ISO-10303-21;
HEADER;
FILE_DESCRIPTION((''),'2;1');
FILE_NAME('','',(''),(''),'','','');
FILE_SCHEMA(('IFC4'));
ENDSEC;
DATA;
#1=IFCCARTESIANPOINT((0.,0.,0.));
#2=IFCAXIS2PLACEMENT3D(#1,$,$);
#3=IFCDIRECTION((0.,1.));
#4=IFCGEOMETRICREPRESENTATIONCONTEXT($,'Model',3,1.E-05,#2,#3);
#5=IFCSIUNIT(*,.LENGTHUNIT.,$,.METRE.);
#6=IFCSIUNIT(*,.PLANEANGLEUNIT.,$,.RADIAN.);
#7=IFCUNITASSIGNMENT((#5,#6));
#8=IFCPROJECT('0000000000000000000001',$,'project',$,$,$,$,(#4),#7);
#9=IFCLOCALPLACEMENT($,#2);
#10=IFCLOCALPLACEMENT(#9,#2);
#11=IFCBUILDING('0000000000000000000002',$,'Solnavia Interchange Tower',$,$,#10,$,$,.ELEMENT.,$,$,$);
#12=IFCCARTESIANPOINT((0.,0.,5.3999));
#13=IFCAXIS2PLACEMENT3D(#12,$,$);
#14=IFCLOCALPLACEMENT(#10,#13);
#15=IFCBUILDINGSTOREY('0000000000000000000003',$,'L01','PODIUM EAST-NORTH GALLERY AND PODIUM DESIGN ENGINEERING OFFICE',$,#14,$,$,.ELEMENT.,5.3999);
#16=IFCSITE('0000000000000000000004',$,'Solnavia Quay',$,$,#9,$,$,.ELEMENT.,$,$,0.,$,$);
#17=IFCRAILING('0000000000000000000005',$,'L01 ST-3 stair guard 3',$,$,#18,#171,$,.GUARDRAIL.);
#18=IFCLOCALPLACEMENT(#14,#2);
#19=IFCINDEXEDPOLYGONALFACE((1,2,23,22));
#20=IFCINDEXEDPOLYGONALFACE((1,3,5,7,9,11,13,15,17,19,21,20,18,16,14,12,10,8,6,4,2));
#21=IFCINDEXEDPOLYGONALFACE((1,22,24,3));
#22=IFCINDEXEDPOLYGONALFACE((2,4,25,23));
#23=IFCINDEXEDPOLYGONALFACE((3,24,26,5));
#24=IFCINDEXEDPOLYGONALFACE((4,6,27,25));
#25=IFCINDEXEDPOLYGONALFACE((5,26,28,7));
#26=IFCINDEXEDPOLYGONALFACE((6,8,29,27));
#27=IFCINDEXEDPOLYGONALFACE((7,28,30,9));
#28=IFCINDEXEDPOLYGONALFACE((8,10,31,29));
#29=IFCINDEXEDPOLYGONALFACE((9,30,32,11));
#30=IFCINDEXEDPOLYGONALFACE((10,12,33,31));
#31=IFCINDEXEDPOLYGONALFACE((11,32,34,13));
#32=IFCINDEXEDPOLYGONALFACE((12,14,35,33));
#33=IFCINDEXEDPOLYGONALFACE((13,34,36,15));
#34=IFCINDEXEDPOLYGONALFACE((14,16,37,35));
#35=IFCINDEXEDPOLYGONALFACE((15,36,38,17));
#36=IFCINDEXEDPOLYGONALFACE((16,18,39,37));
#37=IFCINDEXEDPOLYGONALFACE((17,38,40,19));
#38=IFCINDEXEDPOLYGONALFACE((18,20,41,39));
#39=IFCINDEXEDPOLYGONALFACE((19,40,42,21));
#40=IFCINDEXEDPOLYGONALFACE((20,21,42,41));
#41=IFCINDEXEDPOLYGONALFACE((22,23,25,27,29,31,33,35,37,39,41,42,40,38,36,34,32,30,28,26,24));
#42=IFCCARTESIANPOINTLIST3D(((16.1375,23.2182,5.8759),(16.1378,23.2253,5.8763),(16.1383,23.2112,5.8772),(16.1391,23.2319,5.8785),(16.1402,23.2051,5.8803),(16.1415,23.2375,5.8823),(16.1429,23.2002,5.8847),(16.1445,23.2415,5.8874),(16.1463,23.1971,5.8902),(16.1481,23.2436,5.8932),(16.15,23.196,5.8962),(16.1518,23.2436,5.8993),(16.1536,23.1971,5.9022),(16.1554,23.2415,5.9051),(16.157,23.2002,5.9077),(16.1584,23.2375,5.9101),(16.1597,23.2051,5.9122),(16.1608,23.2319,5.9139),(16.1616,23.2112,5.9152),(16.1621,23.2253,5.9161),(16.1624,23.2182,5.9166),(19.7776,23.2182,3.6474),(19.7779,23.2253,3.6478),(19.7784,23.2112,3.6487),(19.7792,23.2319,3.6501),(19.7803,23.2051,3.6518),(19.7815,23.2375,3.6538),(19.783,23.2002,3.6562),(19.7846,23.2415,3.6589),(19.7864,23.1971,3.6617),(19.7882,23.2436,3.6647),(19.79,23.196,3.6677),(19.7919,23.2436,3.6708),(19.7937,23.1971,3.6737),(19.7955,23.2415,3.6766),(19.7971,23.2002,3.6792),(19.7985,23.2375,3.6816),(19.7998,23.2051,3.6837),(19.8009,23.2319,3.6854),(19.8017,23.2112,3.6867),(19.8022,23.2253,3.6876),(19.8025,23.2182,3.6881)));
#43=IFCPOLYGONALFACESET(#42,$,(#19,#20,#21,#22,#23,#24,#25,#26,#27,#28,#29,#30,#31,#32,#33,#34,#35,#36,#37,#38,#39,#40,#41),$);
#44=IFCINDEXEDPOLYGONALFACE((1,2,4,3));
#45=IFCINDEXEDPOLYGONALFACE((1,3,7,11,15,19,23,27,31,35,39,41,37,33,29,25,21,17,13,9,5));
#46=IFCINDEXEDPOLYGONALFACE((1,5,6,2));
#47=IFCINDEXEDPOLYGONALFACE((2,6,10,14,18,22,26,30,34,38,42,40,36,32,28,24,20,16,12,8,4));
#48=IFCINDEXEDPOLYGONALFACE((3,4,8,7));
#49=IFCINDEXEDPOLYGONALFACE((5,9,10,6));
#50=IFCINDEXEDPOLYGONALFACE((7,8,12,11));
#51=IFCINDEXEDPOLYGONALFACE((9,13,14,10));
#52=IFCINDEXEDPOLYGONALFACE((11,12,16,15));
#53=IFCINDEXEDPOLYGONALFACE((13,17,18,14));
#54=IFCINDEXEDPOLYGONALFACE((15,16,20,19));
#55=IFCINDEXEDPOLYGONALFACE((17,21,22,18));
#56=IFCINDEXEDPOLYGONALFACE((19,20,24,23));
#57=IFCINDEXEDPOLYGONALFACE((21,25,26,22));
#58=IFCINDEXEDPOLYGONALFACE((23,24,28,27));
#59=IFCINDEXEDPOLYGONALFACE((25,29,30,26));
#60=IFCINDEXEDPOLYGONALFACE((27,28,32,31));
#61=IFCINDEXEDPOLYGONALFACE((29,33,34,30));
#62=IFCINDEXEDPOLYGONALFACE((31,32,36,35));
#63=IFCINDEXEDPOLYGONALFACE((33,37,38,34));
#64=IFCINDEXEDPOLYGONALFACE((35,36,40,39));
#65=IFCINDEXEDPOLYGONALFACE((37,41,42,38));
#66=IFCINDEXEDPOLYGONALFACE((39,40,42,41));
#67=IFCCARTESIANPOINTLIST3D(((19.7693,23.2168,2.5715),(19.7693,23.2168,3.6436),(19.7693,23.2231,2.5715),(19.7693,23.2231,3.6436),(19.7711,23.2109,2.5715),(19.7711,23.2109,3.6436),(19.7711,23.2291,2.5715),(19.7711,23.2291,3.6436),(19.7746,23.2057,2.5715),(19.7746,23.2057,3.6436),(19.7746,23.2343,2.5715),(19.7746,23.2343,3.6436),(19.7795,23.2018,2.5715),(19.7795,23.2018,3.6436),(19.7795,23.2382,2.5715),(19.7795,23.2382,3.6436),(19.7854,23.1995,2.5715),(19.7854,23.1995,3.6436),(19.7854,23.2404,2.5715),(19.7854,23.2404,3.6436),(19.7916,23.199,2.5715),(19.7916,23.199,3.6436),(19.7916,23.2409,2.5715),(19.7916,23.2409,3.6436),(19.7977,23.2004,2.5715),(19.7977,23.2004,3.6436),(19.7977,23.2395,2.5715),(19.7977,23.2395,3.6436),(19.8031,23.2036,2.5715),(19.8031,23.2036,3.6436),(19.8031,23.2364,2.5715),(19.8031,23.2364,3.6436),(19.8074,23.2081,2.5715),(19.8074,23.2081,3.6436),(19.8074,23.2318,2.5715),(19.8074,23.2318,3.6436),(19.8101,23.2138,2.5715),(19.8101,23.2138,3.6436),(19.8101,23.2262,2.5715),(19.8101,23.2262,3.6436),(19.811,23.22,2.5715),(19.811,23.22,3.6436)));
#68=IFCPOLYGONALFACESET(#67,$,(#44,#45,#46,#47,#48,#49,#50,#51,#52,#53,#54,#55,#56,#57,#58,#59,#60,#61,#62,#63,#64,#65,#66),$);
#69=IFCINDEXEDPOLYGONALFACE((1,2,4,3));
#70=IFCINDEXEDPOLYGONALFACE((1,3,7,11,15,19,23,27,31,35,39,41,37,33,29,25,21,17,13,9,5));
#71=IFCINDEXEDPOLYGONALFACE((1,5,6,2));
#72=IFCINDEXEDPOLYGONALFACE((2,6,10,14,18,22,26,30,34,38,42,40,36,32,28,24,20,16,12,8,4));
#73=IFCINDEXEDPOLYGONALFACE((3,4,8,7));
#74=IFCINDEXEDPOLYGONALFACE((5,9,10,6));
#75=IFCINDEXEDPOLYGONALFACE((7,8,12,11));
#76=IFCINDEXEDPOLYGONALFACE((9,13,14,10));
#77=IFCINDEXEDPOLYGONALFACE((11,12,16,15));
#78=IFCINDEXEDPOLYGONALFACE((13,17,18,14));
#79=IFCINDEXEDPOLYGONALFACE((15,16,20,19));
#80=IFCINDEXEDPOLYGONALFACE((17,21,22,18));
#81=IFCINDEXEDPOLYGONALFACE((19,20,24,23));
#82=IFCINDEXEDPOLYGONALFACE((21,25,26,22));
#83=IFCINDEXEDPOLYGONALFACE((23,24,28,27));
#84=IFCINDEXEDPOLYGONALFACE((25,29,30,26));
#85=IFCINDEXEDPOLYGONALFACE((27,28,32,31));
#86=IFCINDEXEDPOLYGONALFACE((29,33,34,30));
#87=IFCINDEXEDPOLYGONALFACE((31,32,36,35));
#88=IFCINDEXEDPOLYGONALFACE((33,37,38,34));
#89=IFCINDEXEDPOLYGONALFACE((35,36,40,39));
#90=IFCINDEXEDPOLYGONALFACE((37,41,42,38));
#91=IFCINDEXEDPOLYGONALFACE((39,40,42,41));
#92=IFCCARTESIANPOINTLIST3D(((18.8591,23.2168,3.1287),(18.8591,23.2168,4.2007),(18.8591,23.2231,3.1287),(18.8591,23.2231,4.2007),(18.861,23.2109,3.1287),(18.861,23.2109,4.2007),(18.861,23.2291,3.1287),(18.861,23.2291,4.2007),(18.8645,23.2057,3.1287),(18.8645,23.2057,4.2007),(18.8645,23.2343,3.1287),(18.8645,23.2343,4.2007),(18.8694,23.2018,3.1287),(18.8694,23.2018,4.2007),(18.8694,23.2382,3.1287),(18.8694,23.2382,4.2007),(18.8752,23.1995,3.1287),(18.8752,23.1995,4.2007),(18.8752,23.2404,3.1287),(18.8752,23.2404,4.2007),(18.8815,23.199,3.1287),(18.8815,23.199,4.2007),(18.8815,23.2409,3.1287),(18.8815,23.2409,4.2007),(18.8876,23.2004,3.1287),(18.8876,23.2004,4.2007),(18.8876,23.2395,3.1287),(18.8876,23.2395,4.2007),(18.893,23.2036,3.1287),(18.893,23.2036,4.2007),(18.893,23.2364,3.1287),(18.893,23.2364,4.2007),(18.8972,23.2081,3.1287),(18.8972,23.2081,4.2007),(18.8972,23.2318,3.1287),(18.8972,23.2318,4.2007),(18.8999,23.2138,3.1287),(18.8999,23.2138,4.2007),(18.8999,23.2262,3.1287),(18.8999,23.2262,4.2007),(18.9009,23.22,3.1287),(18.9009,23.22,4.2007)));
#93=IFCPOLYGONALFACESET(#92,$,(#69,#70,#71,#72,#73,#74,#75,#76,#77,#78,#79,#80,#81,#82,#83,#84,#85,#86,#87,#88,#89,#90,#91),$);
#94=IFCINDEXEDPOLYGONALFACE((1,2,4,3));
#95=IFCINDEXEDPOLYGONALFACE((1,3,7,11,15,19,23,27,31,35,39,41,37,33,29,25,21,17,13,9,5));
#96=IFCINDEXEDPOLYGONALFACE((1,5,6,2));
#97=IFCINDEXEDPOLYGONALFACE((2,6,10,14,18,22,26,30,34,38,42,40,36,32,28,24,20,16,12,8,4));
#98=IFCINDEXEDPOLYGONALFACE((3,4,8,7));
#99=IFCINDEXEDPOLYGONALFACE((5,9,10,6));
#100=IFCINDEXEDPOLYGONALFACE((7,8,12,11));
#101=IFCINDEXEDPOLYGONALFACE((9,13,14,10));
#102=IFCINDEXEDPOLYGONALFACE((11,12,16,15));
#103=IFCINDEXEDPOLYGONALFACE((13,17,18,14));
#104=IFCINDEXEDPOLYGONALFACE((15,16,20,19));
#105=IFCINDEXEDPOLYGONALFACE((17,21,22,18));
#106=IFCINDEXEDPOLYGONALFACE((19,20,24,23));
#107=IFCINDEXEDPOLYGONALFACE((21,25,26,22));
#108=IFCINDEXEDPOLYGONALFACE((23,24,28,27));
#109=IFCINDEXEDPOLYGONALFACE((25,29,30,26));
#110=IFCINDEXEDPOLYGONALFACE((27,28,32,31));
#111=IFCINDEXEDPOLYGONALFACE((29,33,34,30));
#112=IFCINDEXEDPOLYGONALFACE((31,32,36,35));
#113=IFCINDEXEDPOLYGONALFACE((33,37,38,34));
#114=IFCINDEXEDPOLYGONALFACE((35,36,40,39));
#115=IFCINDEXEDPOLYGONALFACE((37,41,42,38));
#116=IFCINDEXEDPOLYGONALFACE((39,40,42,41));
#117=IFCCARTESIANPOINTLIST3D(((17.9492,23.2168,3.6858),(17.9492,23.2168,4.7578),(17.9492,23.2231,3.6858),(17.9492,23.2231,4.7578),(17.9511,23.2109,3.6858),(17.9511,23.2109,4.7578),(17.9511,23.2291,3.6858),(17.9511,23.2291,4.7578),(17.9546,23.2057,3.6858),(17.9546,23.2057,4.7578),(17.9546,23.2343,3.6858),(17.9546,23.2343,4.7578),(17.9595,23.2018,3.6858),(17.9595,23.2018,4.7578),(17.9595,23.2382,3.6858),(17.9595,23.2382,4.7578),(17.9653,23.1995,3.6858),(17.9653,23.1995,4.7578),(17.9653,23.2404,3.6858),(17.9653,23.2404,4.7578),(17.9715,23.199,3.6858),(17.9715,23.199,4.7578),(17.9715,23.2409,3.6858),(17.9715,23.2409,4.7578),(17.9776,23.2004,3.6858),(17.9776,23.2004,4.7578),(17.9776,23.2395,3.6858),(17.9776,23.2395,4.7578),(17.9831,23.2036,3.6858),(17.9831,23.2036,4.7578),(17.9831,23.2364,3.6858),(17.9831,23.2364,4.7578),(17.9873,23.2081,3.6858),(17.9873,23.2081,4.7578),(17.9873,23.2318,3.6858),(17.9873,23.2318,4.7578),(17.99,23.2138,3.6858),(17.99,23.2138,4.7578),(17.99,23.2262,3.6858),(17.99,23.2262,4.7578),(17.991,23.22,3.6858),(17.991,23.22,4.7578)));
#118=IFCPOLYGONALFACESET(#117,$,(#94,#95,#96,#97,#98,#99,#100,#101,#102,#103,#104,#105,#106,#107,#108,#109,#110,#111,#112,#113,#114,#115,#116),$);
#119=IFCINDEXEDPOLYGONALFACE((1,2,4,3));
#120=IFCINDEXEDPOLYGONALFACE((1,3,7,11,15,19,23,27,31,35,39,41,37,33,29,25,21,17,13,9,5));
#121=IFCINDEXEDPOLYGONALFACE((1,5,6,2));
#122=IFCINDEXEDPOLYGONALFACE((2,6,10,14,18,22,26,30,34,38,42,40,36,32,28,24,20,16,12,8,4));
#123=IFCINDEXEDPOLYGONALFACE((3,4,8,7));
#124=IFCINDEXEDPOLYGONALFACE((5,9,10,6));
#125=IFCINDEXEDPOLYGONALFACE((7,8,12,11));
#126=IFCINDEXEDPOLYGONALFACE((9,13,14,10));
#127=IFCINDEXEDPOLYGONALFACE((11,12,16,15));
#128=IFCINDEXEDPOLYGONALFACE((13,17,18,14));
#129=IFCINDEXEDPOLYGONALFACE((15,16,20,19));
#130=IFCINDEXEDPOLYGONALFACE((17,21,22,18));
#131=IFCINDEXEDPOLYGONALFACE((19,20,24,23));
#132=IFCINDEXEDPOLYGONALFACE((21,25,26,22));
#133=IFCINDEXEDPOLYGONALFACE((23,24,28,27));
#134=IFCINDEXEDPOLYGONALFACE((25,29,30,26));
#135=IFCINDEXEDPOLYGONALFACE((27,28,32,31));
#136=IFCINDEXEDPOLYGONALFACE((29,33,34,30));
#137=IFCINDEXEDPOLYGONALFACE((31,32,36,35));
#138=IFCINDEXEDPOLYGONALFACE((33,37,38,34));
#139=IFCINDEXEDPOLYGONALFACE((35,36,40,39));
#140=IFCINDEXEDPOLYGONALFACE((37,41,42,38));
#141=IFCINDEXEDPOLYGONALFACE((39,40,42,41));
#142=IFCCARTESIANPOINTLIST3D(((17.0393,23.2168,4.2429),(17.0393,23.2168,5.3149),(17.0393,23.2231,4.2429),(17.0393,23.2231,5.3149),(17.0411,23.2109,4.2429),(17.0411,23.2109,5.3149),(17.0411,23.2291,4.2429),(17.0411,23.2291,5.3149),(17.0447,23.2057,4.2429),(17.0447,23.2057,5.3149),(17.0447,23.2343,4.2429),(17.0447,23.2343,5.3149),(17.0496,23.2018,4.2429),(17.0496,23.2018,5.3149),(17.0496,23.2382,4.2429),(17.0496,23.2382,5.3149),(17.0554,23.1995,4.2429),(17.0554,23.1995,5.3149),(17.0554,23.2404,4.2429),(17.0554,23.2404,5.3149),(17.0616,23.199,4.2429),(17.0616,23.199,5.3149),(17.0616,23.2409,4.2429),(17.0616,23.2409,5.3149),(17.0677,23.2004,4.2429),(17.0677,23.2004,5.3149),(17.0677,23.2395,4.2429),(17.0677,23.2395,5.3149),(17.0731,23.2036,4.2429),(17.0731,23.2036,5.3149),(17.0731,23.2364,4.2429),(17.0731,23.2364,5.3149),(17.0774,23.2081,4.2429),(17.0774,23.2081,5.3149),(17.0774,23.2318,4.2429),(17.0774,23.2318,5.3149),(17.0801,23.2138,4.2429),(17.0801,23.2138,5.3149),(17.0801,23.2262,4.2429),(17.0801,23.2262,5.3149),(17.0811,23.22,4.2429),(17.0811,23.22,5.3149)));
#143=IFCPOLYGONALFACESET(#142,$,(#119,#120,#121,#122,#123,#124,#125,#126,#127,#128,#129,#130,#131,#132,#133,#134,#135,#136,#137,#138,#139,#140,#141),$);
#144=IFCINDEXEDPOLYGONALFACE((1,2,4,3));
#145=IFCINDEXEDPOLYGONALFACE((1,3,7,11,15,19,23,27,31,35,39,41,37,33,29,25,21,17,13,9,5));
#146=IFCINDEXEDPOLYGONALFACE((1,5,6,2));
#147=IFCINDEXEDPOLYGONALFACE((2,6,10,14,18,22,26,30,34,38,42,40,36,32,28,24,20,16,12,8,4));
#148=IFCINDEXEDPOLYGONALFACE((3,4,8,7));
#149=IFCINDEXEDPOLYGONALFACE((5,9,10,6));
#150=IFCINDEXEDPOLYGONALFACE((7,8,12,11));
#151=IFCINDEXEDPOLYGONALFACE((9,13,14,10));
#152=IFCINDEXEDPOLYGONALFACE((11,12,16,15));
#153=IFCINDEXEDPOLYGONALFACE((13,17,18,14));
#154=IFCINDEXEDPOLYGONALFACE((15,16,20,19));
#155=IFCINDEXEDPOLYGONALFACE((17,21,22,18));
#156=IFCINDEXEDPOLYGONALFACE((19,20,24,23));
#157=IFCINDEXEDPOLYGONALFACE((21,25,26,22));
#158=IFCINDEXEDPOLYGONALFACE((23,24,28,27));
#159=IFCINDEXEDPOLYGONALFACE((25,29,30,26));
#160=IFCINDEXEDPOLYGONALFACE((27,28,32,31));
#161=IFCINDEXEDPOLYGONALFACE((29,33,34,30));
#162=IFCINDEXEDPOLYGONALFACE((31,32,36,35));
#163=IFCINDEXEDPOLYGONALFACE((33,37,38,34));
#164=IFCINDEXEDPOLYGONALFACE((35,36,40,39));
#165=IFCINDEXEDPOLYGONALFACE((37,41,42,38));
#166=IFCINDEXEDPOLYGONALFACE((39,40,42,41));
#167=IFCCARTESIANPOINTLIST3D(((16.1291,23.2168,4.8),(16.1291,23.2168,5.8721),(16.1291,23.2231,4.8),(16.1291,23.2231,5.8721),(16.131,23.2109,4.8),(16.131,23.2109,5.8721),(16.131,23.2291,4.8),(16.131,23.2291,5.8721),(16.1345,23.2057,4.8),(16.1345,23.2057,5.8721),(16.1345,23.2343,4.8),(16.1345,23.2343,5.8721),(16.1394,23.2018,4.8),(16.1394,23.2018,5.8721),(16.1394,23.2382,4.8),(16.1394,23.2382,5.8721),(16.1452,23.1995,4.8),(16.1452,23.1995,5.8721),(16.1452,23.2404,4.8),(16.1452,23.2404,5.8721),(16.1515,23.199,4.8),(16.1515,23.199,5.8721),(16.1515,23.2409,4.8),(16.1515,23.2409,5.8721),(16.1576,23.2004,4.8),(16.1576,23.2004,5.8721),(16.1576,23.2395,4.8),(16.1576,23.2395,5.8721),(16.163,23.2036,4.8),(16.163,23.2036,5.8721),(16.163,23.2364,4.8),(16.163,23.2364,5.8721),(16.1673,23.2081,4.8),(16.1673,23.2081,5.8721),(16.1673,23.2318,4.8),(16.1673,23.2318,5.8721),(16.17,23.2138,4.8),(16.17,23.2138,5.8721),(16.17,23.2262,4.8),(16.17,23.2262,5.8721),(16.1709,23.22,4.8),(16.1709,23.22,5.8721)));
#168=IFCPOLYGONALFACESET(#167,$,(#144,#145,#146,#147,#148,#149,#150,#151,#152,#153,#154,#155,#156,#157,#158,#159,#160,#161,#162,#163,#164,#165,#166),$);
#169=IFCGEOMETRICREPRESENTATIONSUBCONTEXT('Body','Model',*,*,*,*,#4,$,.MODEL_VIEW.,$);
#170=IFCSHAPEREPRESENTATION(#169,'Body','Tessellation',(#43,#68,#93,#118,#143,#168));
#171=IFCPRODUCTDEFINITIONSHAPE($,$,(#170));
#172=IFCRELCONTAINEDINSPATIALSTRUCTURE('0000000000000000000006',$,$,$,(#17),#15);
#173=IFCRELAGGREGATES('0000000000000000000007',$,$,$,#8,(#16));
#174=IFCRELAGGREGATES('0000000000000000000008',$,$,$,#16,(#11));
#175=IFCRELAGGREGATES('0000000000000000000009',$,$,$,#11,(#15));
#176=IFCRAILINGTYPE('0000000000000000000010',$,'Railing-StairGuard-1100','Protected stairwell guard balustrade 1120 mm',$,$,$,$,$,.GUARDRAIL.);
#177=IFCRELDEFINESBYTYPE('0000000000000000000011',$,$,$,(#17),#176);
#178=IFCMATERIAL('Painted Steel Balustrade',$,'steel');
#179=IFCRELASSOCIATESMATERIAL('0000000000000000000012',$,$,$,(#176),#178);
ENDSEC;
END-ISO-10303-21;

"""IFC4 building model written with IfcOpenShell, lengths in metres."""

from ifc_helpers import new_model, si_unit, direction, frame, origin, origin_2d, place, context, subcontext, project, spatial, circle, extrude, material, type_object, element, save


model = new_model("IFC4")

# Units and contexts
model_context = context("Model", 3, precision=1e-05, world=origin(), true_north=direction((0.0, 1.0)))
body_context = subcontext(model_context, "Body", "Model", "MODEL_VIEW")
ifc_project = project(units=[si_unit("LENGTHUNIT", "METRE"), si_unit("PLANEANGLEUNIT", "RADIAN")], contexts=[model_context])

# Site, building, storey
site_placement = place(None, origin())
site = spatial("IfcSite", under=ifc_project, at=site_placement, Name="Solnavia Quay", CompositionType="ELEMENT", RefElevation=0.0)
building_placement = place(site_placement, origin())
building = spatial("IfcBuilding", under=site, at=building_placement, Name="Solnavia Interchange Tower", CompositionType="ELEMENT")
storey_placement = place(building_placement, frame((0.0, 0.0, 5.3999)))
storey = spatial("IfcBuildingStorey", under=building, at=storey_placement, Name="L01", Description="PODIUM EAST-NORTH GALLERY AND PODIUM DESIGN ENGINEERING OFFICE", CompositionType="ELEMENT", Elevation=5.3999)

# Railing
ifc_material_1 = material(Name="Painted Steel Balustrade", Category="steel")
railing_type_1 = type_object("IfcRailingType", Name="Railing-StairGuard-1100", Description="Protected stairwell guard balustrade 1120 mm", PredefinedType="GUARDRAIL", material=ifc_material_1)
railing_1_placement = place(storey_placement, frame((19.79, 23.22, 2.5715)))
element("IfcRailing", 1, at=railing_1_placement, inside=storey, type_object=railing_type_1, Name="L01 ST-3 stair guard 3", PredefinedType="GUARDRAIL", context=body_context, shape_type="SweptSolid", body=[
    extrude(circle(Radius=0.0239, at=origin_2d()), frame((0.0, 0.0, 1.0962), z_axis=(-0.852866, 0.0, 0.52213), x_axis=(0.0, -1.0, 0.0)), (0.0, 0.0, 1.0), 4.2681),
    extrude(circle(Radius=0.021, at=origin_2d()), origin(), (0.0, 0.0, 1.0), 1.072),
    extrude(circle(Radius=0.021, at=origin_2d()), frame((-0.9102, 0.0, 0.5571)), (0.0, 0.0, 1.0), 1.072),
    extrude(circle(Radius=0.021, at=origin_2d()), frame((-1.8201, 0.0, 1.1143)), (0.0, 0.0, 1.0), 1.072),
    extrude(circle(Radius=0.021, at=origin_2d()), frame((-2.73, 0.0, 1.6714)), (0.0, 0.0, 1.0), 1.072),
    extrude(circle(Radius=0.021, at=origin_2d()), frame((-3.6401, 0.0, 2.2285)), (0.0, 0.0, 1.0), 1.072),
])

save(model, "model.ifc")
